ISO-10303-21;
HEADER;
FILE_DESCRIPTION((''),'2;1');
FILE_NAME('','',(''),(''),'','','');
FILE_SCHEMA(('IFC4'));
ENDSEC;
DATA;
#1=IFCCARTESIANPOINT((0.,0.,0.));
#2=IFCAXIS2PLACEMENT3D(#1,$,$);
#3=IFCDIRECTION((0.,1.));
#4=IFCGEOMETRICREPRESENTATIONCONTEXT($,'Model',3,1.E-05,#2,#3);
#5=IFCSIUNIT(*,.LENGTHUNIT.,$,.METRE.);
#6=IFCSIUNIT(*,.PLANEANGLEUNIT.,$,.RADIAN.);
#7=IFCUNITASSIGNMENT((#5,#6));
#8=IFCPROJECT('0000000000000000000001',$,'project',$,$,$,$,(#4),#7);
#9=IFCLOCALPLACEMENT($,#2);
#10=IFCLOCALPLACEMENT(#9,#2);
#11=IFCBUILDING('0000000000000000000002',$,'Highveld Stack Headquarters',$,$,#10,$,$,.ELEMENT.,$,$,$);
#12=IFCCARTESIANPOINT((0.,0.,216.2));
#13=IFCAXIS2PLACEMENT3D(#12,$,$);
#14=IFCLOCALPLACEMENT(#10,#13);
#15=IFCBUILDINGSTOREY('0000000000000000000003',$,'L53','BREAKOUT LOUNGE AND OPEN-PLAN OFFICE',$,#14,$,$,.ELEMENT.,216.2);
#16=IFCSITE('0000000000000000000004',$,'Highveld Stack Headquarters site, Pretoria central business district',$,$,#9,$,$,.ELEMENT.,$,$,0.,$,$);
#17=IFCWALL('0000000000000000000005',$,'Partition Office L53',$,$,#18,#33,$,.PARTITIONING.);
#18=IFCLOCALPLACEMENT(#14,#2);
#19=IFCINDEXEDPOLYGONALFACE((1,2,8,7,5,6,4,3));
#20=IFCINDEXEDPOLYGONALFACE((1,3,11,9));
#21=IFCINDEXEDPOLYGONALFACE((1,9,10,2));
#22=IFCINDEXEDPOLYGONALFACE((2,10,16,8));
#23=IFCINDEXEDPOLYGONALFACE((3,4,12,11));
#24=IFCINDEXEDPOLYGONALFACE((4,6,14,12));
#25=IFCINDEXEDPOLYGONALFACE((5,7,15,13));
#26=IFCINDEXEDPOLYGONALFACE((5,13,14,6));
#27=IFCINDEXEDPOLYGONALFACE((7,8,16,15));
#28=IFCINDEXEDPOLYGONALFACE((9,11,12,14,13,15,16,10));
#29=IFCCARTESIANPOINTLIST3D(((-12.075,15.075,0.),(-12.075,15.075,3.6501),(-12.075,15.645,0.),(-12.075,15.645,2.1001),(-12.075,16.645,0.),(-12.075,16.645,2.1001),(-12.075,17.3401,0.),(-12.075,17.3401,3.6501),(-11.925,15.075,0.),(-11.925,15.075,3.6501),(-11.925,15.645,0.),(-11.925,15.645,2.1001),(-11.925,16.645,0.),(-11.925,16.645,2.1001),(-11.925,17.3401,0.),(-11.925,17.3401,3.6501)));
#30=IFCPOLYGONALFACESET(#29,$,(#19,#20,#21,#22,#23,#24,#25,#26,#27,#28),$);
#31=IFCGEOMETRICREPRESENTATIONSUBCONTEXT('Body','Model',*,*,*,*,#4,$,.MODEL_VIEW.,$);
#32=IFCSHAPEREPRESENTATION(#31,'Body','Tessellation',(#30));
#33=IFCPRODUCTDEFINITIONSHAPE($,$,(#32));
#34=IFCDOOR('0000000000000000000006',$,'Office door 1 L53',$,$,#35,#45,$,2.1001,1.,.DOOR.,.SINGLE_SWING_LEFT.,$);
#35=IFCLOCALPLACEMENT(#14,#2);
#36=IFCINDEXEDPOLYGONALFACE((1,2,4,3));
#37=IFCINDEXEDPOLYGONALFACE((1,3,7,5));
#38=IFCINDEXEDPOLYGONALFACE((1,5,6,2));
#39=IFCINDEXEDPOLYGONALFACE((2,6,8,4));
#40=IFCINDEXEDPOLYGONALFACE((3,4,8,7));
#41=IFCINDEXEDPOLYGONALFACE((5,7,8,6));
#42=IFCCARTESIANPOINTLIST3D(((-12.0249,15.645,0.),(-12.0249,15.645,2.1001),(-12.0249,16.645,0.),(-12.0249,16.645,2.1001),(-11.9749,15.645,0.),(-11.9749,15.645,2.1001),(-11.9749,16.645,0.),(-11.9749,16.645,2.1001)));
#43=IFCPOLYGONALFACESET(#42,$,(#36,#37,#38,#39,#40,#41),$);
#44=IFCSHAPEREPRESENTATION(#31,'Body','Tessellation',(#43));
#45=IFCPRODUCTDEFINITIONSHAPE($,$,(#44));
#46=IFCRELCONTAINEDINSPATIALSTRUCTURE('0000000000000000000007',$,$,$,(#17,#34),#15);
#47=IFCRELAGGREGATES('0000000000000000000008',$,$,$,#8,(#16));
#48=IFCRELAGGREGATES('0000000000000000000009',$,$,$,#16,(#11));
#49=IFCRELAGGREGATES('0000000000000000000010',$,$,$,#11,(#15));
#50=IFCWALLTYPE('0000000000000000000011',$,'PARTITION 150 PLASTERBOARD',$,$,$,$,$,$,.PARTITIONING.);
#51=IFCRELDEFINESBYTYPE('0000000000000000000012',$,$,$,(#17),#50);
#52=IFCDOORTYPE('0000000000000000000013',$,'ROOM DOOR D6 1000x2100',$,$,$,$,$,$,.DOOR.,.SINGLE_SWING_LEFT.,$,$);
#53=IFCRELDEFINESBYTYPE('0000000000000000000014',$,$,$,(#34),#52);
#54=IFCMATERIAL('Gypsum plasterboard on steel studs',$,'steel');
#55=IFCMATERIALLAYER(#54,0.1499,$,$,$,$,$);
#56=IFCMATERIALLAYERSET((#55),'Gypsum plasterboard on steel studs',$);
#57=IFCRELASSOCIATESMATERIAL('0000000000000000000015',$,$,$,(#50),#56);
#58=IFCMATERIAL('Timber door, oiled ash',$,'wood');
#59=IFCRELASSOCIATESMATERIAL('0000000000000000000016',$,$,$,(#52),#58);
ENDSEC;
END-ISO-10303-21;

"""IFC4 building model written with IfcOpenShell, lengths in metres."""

from ifc_helpers import new_model, si_unit, direction, frame, frame_2d, origin, place, context, subcontext, project, spatial, rectangle, extrude, material, layer, layer_set, type_object, element, fill, save


model = new_model("IFC4")

# Units and contexts
model_context = context("Model", 3, precision=1e-05, world=origin(), true_north=direction((0.0, 1.0)))
body_context = subcontext(model_context, "Body", "Model", "MODEL_VIEW")
ifc_project = project(units=[si_unit("LENGTHUNIT", "METRE"), si_unit("PLANEANGLEUNIT", "RADIAN")], contexts=[model_context])

# Site, building, storey
site_placement = place(None, origin())
site = spatial("IfcSite", under=ifc_project, at=site_placement, Name="Highveld Stack Headquarters site, Pretoria central business district", CompositionType="ELEMENT", RefElevation=0.0)
building_placement = place(site_placement, origin())
building = spatial("IfcBuilding", under=site, at=building_placement, Name="Highveld Stack Headquarters", CompositionType="ELEMENT")
storey_placement = place(building_placement, frame((0.0, 0.0, 216.2)))
storey = spatial("IfcBuildingStorey", under=building, at=storey_placement, Name="L53", Description="BREAKOUT LOUNGE AND OPEN-PLAN OFFICE", CompositionType="ELEMENT", Elevation=216.2)

# Shared definitions
ifc_material_1 = material(Name="Gypsum plasterboard on steel studs", Category="steel")
ifc_layer = layer(ifc_material_1, 0.1499)
ifc_layer_set = layer_set([ifc_layer], Name="Gypsum plasterboard on steel studs")
wall_type = type_object("IfcWallType", Name="PARTITION 150 PLASTERBOARD", PredefinedType="PARTITIONING", material=ifc_layer_set)

# Shared definitions
ifc_material_2 = material(Name="Timber door, oiled ash", Category="wood")
door_type = type_object("IfcDoorType", Name="ROOM DOOR D6 1000x2100", OperationType="SINGLE_SWING_LEFT", PredefinedType="DOOR", material=ifc_material_2)

# Wall, opening, door
wall_1_placement = place(storey_placement, frame((-12.0, 15.075, 0.0), z_axis=(0.0, 0.0, 1.0), x_axis=(0.0, 1.0, 0.0)))
wall_1 = element("IfcWall", 1, at=wall_1_placement, inside=storey, type_object=wall_type, Name="Partition Office L53", PredefinedType="PARTITIONING", context=body_context, shape_type="SweptSolid", body=[
    extrude(rectangle(XDim=2.2651, YDim=0.1499, at=frame_2d((1.1326, 0.0))), origin(), (0.0, 0.0, 1.0), 3.6501),
])
opening_1_placement = place(wall_1_placement, frame((0.5701, 0.0, 0.0)))
opening_1 = element("IfcOpeningElement", 2, at=opening_1_placement, cuts=wall_1, PredefinedType="OPENING", context=body_context, shape_type="SweptSolid", body=[
    extrude(rectangle(XDim=1.0, YDim=2.1001, at=frame_2d((0.5, 1.05))), frame((0.0, 0.085, 0.0), z_axis=(0.0, -1.0, 0.0), x_axis=(1.0, 0.0, 0.0)), (0.0, 0.0, 1.0), 0.1699),
])
door_1_placement = place(opening_1_placement, origin())
door_1 = element("IfcDoor", 3, at=door_1_placement, inside=storey, type_object=door_type, Name="Office door 1 L53", OperationType="SINGLE_SWING_LEFT", OverallHeight=2.1001, OverallWidth=1.0, PredefinedType="DOOR", context=body_context, shape_type="SweptSolid", body=[
    extrude(rectangle(XDim=1.0, YDim=2.1001, at=frame_2d((0.5, 1.05))), frame((0.0, 0.0249, 0.0), z_axis=(0.0, -1.0, 0.0), x_axis=(1.0, 0.0, 0.0)), (0.0, 0.0, 1.0), 0.05),
])
fill(opening_1, door_1)

save(model, "model.ifc")
